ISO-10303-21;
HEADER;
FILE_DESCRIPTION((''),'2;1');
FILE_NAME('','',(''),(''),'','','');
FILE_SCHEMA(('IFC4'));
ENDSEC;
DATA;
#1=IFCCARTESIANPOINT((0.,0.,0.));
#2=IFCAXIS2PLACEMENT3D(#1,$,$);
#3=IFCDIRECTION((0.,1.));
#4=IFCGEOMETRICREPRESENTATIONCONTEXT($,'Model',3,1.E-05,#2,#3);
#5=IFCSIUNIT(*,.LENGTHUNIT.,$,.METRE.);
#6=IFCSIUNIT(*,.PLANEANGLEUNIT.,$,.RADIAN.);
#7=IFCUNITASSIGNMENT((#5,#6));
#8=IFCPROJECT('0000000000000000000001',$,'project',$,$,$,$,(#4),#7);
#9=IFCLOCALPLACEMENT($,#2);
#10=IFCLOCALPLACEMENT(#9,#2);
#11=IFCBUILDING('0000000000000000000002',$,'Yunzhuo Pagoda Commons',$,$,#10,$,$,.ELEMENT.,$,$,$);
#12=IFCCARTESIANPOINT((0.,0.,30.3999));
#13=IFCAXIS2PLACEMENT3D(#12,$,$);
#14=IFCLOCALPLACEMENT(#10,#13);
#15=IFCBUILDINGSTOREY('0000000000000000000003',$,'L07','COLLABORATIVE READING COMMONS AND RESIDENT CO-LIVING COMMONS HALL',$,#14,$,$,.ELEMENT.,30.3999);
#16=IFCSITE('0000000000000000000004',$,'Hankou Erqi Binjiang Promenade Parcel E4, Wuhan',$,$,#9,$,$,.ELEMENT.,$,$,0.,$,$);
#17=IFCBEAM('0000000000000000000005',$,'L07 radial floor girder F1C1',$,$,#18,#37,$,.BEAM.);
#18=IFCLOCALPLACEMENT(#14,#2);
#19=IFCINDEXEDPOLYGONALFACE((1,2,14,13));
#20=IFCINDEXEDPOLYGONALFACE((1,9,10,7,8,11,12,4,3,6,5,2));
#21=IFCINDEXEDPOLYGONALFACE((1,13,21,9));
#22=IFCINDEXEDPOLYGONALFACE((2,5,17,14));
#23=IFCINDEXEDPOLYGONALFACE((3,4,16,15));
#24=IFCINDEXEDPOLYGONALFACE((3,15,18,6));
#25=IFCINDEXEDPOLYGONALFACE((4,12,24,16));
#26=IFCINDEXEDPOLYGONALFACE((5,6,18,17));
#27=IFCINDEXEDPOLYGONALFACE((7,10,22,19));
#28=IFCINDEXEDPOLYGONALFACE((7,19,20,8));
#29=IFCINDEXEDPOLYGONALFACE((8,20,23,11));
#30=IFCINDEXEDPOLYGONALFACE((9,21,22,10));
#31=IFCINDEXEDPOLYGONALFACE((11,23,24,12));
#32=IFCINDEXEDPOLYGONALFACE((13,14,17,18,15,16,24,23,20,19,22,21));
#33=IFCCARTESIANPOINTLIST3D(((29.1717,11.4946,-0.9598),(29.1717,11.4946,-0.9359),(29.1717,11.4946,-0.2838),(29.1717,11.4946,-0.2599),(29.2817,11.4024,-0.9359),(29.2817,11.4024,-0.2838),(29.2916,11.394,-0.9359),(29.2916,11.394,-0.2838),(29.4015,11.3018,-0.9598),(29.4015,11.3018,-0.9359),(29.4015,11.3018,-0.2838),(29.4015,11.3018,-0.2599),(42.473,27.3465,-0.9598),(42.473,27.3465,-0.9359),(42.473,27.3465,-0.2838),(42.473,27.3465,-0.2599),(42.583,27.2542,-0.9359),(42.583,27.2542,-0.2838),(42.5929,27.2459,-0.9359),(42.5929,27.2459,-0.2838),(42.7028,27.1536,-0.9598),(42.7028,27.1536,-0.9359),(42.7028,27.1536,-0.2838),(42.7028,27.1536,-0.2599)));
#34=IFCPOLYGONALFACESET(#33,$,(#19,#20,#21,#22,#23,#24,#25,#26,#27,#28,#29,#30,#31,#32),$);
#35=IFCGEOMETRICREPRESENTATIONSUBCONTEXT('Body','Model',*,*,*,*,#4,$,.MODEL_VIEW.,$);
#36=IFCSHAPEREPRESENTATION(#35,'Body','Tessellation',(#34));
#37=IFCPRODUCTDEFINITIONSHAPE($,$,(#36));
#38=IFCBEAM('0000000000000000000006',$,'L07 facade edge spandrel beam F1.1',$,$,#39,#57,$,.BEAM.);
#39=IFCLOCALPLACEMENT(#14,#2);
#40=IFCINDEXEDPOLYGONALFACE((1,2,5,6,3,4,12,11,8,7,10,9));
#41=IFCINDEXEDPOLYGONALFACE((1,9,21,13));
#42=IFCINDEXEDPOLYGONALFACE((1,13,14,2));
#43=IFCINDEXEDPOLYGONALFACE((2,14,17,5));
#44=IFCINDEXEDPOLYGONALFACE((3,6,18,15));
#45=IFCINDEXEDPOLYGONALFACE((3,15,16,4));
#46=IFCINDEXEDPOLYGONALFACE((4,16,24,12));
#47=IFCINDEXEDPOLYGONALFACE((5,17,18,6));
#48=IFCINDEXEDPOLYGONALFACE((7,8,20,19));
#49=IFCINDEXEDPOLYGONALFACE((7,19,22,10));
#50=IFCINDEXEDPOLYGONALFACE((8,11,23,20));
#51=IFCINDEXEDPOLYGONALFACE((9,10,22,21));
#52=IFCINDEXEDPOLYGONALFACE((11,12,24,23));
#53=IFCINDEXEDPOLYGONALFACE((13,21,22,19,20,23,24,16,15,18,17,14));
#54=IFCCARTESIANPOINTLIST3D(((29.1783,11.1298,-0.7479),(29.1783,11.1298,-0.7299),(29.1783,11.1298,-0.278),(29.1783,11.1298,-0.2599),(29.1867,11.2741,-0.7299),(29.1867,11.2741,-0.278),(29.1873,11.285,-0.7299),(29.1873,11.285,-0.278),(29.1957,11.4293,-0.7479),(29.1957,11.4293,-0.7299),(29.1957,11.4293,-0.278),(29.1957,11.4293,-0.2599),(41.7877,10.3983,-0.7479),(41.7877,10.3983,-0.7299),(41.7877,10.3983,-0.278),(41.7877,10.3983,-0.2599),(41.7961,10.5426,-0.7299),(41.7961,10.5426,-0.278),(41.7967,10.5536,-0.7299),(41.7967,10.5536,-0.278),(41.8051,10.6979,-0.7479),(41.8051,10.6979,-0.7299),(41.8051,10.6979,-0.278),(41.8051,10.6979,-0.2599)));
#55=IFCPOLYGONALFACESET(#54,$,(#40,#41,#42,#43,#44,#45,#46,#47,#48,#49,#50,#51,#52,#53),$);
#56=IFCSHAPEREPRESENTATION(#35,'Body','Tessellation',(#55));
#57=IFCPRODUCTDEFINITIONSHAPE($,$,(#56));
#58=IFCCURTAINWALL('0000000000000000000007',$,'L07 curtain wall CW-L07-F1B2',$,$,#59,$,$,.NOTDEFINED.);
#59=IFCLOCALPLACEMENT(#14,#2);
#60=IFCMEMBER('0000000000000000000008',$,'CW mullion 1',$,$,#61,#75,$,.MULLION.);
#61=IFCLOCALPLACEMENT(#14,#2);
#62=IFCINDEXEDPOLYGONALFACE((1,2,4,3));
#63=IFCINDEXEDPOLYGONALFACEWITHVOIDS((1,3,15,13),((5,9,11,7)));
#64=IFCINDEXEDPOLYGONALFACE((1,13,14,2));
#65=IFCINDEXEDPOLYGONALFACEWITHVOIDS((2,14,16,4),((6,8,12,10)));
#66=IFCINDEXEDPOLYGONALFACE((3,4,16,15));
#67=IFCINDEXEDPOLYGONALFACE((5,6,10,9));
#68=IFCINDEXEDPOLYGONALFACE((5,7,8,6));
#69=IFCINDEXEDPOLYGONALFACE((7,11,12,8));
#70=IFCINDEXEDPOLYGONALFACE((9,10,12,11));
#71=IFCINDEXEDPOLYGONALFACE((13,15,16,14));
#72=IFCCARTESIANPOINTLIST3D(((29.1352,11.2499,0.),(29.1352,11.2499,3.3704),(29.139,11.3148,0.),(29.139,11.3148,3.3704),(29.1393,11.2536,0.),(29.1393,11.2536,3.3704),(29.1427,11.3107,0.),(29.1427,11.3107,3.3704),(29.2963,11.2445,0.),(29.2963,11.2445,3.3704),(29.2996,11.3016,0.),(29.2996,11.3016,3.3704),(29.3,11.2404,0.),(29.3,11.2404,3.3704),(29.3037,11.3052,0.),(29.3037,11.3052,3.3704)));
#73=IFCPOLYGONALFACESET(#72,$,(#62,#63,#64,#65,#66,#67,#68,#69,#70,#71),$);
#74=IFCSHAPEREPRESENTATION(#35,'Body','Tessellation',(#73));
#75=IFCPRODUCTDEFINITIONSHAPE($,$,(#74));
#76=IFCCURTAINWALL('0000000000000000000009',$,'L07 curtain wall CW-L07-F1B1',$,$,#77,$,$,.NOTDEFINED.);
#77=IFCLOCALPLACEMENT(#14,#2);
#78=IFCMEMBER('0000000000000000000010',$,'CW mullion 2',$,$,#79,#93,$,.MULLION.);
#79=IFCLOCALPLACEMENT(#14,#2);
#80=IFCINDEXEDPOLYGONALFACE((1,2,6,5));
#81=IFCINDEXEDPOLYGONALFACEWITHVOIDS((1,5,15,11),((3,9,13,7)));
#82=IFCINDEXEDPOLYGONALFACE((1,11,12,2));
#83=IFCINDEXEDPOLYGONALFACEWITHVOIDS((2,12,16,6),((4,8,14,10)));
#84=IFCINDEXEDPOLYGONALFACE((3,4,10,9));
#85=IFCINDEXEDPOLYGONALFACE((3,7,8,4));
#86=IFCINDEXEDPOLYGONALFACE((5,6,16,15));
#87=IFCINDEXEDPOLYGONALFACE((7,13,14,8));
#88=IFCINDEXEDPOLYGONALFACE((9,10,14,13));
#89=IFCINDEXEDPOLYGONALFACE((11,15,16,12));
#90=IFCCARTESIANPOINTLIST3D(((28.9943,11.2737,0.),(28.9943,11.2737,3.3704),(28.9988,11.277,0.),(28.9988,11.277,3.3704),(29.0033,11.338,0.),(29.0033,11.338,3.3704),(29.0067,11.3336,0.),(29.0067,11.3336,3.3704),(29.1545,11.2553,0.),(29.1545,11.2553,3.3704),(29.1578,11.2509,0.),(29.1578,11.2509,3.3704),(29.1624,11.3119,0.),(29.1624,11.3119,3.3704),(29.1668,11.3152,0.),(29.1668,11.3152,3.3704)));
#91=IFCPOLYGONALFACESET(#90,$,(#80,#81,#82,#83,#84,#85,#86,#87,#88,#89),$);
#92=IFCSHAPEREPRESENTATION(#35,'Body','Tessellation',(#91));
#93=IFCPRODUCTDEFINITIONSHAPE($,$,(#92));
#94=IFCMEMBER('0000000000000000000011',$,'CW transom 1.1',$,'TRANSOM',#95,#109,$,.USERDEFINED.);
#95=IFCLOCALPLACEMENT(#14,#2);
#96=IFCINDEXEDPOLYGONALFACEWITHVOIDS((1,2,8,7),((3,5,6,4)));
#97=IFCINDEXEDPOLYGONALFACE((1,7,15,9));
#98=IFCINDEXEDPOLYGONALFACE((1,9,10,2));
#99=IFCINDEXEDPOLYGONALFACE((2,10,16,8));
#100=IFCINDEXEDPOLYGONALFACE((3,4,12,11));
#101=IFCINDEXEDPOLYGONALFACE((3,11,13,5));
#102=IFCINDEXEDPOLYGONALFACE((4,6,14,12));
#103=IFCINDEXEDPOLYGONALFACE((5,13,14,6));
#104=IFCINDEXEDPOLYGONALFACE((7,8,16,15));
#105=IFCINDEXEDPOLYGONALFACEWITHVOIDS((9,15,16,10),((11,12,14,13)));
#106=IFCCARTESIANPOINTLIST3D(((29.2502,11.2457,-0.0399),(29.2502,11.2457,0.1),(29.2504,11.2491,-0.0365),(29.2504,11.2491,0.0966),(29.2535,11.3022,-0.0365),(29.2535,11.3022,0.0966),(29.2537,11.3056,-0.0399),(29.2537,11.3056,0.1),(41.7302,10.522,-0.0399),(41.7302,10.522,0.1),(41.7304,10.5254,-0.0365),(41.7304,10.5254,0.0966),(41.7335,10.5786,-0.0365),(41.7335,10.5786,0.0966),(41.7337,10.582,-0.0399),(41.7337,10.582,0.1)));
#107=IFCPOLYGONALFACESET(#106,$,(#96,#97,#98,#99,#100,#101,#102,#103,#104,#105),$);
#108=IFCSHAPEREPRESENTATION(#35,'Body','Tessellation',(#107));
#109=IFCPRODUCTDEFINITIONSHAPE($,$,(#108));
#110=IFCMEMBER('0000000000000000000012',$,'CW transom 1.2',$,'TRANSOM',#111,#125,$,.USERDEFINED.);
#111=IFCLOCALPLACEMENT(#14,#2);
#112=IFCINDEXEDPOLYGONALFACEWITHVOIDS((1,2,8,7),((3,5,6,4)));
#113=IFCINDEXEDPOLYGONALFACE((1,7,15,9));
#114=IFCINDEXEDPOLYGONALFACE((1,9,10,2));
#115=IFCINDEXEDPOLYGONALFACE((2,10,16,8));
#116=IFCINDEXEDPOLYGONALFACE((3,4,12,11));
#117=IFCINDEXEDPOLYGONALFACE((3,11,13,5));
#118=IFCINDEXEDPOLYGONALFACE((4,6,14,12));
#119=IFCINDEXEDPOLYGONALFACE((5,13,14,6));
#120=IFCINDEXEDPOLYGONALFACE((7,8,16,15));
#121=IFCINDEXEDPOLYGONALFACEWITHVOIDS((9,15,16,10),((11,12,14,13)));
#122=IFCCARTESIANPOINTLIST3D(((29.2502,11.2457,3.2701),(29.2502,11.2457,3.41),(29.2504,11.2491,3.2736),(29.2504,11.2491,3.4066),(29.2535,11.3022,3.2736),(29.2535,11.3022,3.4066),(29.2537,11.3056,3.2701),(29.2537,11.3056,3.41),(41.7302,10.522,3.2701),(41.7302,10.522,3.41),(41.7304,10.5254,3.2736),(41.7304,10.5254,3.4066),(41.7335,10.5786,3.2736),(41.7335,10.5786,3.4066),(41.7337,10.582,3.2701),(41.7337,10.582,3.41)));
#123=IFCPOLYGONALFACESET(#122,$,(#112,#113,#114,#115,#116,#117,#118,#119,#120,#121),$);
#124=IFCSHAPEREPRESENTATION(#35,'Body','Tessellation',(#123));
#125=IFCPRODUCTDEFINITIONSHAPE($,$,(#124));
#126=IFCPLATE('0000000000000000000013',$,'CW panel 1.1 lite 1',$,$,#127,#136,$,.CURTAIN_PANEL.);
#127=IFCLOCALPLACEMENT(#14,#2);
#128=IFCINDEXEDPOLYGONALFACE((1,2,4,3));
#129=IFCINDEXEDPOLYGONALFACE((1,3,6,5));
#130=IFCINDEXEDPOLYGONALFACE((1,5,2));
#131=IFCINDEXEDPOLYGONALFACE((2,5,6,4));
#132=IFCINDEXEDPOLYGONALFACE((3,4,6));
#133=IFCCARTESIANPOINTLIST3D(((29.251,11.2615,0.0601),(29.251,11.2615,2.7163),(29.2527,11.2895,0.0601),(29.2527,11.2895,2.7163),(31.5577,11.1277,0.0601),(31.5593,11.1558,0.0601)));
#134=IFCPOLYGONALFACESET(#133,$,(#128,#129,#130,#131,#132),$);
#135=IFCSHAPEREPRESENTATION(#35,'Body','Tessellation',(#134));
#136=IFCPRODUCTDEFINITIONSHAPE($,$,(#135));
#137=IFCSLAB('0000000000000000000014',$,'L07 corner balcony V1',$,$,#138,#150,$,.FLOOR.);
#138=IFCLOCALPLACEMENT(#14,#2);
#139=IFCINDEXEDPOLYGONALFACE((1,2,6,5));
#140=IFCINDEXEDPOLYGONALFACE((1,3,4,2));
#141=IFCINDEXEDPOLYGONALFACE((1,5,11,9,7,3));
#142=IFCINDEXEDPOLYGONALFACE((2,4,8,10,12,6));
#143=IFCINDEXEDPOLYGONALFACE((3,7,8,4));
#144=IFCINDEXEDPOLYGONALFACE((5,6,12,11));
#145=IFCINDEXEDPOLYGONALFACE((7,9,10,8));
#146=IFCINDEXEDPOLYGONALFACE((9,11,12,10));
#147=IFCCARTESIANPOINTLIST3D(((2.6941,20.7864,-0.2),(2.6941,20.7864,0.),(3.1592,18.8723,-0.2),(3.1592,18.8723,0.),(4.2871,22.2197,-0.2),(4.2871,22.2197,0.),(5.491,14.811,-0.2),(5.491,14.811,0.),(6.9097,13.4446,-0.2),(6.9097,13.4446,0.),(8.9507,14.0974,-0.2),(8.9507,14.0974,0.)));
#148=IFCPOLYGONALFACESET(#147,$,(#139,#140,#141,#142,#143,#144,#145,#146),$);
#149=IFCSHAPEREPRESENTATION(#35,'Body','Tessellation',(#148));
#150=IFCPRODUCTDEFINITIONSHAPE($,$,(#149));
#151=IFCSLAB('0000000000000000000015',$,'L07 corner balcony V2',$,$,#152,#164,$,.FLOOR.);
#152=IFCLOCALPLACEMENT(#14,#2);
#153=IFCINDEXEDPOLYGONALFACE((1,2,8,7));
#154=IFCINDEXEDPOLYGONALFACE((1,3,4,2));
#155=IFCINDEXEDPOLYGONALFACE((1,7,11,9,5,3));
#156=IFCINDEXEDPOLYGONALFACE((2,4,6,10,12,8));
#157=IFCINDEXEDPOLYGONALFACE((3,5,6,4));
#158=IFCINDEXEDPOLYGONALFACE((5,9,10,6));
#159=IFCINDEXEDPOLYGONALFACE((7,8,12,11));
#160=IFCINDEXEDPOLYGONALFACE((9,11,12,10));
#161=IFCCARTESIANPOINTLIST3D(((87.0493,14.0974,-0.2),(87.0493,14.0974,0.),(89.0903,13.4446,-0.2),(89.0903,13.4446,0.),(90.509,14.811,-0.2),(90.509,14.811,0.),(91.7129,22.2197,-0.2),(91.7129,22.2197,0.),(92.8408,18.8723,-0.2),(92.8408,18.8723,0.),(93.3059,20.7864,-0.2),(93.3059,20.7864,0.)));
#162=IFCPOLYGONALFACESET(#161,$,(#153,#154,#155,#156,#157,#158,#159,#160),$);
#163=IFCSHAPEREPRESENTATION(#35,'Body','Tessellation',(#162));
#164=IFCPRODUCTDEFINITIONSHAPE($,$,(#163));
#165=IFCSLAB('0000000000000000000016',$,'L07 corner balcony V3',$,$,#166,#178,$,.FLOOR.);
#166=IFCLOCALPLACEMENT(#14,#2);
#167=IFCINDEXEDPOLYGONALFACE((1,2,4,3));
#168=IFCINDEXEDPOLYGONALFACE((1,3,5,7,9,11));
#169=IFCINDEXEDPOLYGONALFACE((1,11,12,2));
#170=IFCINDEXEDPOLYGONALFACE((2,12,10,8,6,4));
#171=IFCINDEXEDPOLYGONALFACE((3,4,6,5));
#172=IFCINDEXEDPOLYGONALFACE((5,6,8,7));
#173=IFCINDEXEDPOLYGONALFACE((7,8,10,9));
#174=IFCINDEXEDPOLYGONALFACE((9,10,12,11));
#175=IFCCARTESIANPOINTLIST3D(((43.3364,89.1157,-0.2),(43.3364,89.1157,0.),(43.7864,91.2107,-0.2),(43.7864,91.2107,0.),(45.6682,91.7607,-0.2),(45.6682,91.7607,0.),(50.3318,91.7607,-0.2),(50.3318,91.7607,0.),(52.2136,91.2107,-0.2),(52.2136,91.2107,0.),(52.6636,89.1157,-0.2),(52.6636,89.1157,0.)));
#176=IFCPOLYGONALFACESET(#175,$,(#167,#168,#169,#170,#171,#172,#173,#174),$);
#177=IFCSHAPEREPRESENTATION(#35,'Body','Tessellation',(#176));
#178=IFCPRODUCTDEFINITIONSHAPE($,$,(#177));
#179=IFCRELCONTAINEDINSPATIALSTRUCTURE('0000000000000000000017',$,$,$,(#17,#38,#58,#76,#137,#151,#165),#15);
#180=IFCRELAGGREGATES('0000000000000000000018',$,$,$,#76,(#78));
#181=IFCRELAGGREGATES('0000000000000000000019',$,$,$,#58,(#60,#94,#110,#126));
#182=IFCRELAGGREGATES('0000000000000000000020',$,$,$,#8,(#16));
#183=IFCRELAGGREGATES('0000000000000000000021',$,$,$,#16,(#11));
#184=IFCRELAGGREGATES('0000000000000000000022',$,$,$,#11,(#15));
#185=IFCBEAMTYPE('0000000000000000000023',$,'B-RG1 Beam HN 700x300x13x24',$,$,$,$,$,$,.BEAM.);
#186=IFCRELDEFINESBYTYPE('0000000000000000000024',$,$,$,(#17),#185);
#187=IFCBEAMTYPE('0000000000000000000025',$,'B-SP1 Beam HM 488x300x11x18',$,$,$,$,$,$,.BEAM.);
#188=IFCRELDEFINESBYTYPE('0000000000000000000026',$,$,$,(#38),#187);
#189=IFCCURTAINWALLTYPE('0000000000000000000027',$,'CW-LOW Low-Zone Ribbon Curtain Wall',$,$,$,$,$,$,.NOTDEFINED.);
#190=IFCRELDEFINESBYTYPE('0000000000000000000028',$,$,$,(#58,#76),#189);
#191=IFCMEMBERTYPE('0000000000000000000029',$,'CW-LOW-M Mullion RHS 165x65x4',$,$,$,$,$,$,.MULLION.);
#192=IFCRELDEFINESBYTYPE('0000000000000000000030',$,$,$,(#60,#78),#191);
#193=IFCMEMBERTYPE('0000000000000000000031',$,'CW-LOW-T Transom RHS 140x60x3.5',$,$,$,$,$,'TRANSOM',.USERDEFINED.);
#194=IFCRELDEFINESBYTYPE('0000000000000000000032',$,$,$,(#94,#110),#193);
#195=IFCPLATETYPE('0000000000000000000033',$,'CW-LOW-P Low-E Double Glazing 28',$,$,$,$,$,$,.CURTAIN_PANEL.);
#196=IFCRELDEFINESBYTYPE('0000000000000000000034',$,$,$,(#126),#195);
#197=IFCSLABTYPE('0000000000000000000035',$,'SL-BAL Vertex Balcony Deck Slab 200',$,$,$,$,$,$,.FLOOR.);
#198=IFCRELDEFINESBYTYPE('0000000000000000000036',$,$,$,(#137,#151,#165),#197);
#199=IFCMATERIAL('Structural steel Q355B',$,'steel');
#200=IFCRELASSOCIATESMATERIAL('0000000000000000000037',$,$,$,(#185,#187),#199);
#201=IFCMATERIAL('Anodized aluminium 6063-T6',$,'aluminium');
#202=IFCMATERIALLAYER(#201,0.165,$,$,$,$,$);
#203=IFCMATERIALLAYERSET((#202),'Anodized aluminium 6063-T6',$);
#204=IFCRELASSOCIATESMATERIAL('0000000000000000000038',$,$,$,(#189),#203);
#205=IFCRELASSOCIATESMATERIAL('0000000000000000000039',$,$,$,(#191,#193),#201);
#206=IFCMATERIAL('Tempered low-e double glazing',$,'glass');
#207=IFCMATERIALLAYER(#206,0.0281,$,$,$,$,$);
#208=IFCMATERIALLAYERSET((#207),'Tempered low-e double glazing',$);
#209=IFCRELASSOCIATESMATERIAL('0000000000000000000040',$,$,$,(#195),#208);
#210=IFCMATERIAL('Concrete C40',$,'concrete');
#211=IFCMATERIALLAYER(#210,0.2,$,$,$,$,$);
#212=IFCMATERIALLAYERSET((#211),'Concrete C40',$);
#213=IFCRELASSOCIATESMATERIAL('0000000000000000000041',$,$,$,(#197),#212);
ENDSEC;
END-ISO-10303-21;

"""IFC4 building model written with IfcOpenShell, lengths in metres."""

from ifc_helpers import new_model, si_unit, direction, frame, origin, origin_2d, place, context, subcontext, project, spatial, polyline, hollow_rectangle, i_section, outline, extrude, source, transform, mapped, material, layer, layer_set, material_profile, profile_set, type_object, element, aggregate, save


model = new_model("IFC4")

# Units and contexts
model_context = context("Model", 3, precision=1e-05, world=origin(), true_north=direction((0.0, 1.0)))
body_context = subcontext(model_context, "Body", "Model", "MODEL_VIEW")
ifc_project = project(units=[si_unit("LENGTHUNIT", "METRE"), si_unit("PLANEANGLEUNIT", "RADIAN")], contexts=[model_context])

# Site, building, storey
site_placement = place(None, origin())
site = spatial("IfcSite", under=ifc_project, at=site_placement, Name="Hankou Erqi Binjiang Promenade Parcel E4, Wuhan", CompositionType="ELEMENT", RefElevation=0.0)
building_placement = place(site_placement, origin())
building = spatial("IfcBuilding", under=site, at=building_placement, Name="Yunzhuo Pagoda Commons", CompositionType="ELEMENT")
storey_placement = place(building_placement, frame((0.0, 0.0, 30.3999)))
storey = spatial("IfcBuildingStorey", under=building, at=storey_placement, Name="L07", Description="COLLABORATIVE READING COMMONS AND RESIDENT CO-LIVING COMMONS HALL", CompositionType="ELEMENT", Elevation=30.3999)

# Beams
ifc_material_1 = material(Name="Structural steel Q355B", Category="steel")
ifc_material_profile_1 = material_profile(ifc_material_1, i_section(OverallWidth=0.3, OverallDepth=0.7, WebThickness=0.0129, FlangeThickness=0.0239, at=origin_2d()), Name="Structural steel Q355B")
ifc_profile_set_1 = profile_set([ifc_material_profile_1], Name="Structural steel Q355B")
beam_type_1 = type_object("IfcBeamType", Name="B-RG1 Beam HN 700x300x13x24", PredefinedType="BEAM", material=ifc_profile_set_1)
shared_shape_1 = source(origin(), body_context, "Body", "SweptSolid", [
    extrude(i_section(OverallWidth=0.3, OverallDepth=0.7, WebThickness=0.0129, FlangeThickness=0.0239, at=origin_2d()), origin(), (0.0, 0.0, 1.0), 20.6931),
])
beam_1_placement = place(storey_placement, frame((29.2866, 11.3982, -0.6099), z_axis=(0.642788, 0.766044, 0.0), x_axis=(-0.766044, 0.642788, 0.0)))
element("IfcBeam", 1, at=beam_1_placement, inside=storey, type_object=beam_type_1, Name="L07 radial floor girder F1C1", PredefinedType="BEAM", context=body_context, shape_type="MappedRepresentation", body=[
    mapped(shared_shape_1, transform((0.0, 0.0, 0.0), scale=1.0)),
])
ifc_material_profile_2 = material_profile(ifc_material_1, i_section(OverallWidth=0.3, OverallDepth=0.488, WebThickness=0.011, FlangeThickness=0.0181, at=origin_2d()), Name="Structural steel Q355B")
ifc_profile_set_2 = profile_set([ifc_material_profile_2], Name="Structural steel Q355B")
beam_type_2 = type_object("IfcBeamType", Name="B-SP1 Beam HM 488x300x11x18", PredefinedType="BEAM", material=ifc_profile_set_2)
shared_shape_2 = source(origin(), body_context, "Body", "SweptSolid", [
    extrude(i_section(OverallWidth=0.3, OverallDepth=0.488, WebThickness=0.011, FlangeThickness=0.0181, at=origin_2d()), origin(), (0.0, 0.0, 1.0), 12.6306),
])
beam_2_placement = place(storey_placement, frame((29.187, 11.2795, -0.5039), z_axis=(0.998322, -0.057911, 0.0), x_axis=(0.057911, 0.998322, 0.0)))
element("IfcBeam", 2, at=beam_2_placement, inside=storey, type_object=beam_type_2, Name="L07 facade edge spandrel beam F1.1", PredefinedType="BEAM", context=body_context, shape_type="MappedRepresentation", body=[
    mapped(shared_shape_2, transform((0.0, 0.0, 0.0), scale=1.0)),
])

# Curtain walls, members
ifc_material_2 = material(Name="Anodized aluminium 6063-T6", Category="aluminium")
ifc_layer_1 = layer(ifc_material_2, 0.165)
ifc_layer_set_1 = layer_set([ifc_layer_1], Name="Anodized aluminium 6063-T6")
curtain_wall_type = type_object("IfcCurtainWallType", Name="CW-LOW Low-Zone Ribbon Curtain Wall", PredefinedType="NOTDEFINED", material=ifc_layer_set_1)
curtain_wall_1_placement = place(storey_placement, origin())
curtain_wall_1 = element("IfcCurtainWall", 3, at=curtain_wall_1_placement, inside=storey, type_object=curtain_wall_type, Name="L07 curtain wall CW-L07-F1B2", PredefinedType="NOTDEFINED")
ifc_material_profile_3 = material_profile(ifc_material_2, hollow_rectangle(XDim=0.0649, YDim=0.165, WallThickness=0.0039, at=origin_2d()), Name="Anodized aluminium 6063-T6")
ifc_profile_set_3 = profile_set([ifc_material_profile_3], Name="Anodized aluminium 6063-T6")
member_type_1 = type_object("IfcMemberType", Name="CW-LOW-M Mullion RHS 165x65x4", PredefinedType="MULLION", material=ifc_profile_set_3)
shared_shape_3 = source(origin(), body_context, "Body", "SweptSolid", [
    extrude(hollow_rectangle(XDim=0.0649, YDim=0.165, WallThickness=0.0039, at=origin_2d()), origin(), (0.0, 0.0, 1.0), 3.3704),
])
member_1_placement = place(storey_placement, frame((29.2195, 11.2776, 0.0), z_axis=(0.0, 0.0, 1.0), x_axis=(0.057899, 0.998322, 0.0)))
member_1 = element("IfcMember", 4, at=member_1_placement, type_object=member_type_1, Name="CW mullion 1", PredefinedType="MULLION", context=body_context, shape_type="MappedRepresentation", body=[
    mapped(shared_shape_3, transform((0.0, 0.0, 0.0), scale=1.0)),
])
curtain_wall_2_placement = place(storey_placement, origin())
curtain_wall_2 = element("IfcCurtainWall", 5, at=curtain_wall_2_placement, inside=storey, type_object=curtain_wall_type, Name="L07 curtain wall CW-L07-F1B1", PredefinedType="NOTDEFINED")
member_2_placement = place(storey_placement, frame((29.0806, 11.2944, 0.0), z_axis=(0.0, 0.0, 1.0), x_axis=(0.138294, 0.990391, 0.0)))
member_2 = element("IfcMember", 6, at=member_2_placement, type_object=member_type_1, Name="CW mullion 2", PredefinedType="MULLION", context=body_context, shape_type="MappedRepresentation", body=[
    mapped(shared_shape_3, transform((0.0, 0.0, 0.0), scale=1.0)),
])
aggregate(curtain_wall_2, [member_2])

# Members
ifc_material_profile_4 = material_profile(ifc_material_2, hollow_rectangle(XDim=0.0601, YDim=0.1399, WallThickness=0.0034, at=origin_2d()), Name="Anodized aluminium 6063-T6")
ifc_profile_set_4 = profile_set([ifc_material_profile_4], Name="Anodized aluminium 6063-T6")
member_type_2 = type_object("IfcMemberType", Name="CW-LOW-T Transom RHS 140x60x3.5", ElementType="TRANSOM", PredefinedType="USERDEFINED", material=ifc_profile_set_4)
shared_shape_4 = source(origin(), body_context, "Body", "SweptSolid", [
    extrude(hollow_rectangle(XDim=0.0601, YDim=0.1399, WallThickness=0.0034, at=origin_2d()), origin(), (0.0, 0.0, 1.0), 12.501),
])
member_3_placement = place(storey_placement, frame((29.252, 11.2756, 0.03), z_axis=(0.998323, -0.057886, 0.0), x_axis=(0.057886, 0.998323, 0.0)))
member_3 = element("IfcMember", 7, at=member_3_placement, type_object=member_type_2, Name="CW transom 1.1", ObjectType="TRANSOM", PredefinedType="USERDEFINED", context=body_context, shape_type="MappedRepresentation", body=[
    mapped(shared_shape_4, transform((0.0, 0.0, 0.0), scale=1.0)),
])
member_4_placement = place(storey_placement, frame((29.252, 11.2756, 3.3401), z_axis=(0.998323, -0.057886, 0.0), x_axis=(0.057886, 0.998323, 0.0)))
member_4 = element("IfcMember", 8, at=member_4_placement, type_object=member_type_2, Name="CW transom 1.2", ObjectType="TRANSOM", PredefinedType="USERDEFINED", context=body_context, shape_type="MappedRepresentation", body=[
    mapped(shared_shape_4, transform((0.0, 0.0, 0.0), scale=1.0)),
])

# Plate
ifc_material_3 = material(Name="Tempered low-e double glazing", Category="glass")
ifc_layer_2 = layer(ifc_material_3, 0.0281)
ifc_layer_set_2 = layer_set([ifc_layer_2], Name="Tempered low-e double glazing")
plate_type_1 = type_object("IfcPlateType", Name="CW-LOW-P Low-E Double Glazing 28", PredefinedType="CURTAIN_PANEL", material=ifc_layer_set_2)
plate_1_placement = place(storey_placement, frame((30.406, 11.2227, 1.3882), z_axis=(-0.057899, -0.998322, 0.0), x_axis=(0.998322, -0.057899, 0.0)))
plate_1 = element("IfcPlate", 9, at=plate_1_placement, type_object=plate_type_1, Name="CW panel 1.1 lite 1", PredefinedType="CURTAIN_PANEL", context=body_context, shape_type="SweptSolid", body=[
    extrude(outline(polyline([(-1.1553, -1.3281), (1.1553, -1.3281), (-1.1553, 1.3281), (-1.1553, -1.3281)])), origin(), (0.0, 0.0, 1.0), 0.0281),
])
aggregate(curtain_wall_1, [member_1, member_3, member_4, plate_1])

# Slabs
ifc_material_4 = material(Name="Concrete C40", Category="concrete")
ifc_layer_3 = layer(ifc_material_4, 0.2)
ifc_layer_set_3 = layer_set([ifc_layer_3], Name="Concrete C40")
slab_type_1 = type_object("IfcSlabType", Name="SL-BAL Vertex Balcony Deck Slab 200", PredefinedType="FLOOR", material=ifc_layer_set_3)
slab_1_placement = place(storey_placement, frame((0.0, 0.0, -0.2)))
element("IfcSlab", 10, at=slab_1_placement, inside=storey, type_object=slab_type_1, Name="L07 corner balcony V1", PredefinedType="FLOOR", context=body_context, shape_type="SweptSolid", body=[
    extrude(outline(polyline([(4.2871, 22.2197), (8.9507, 14.0974), (6.9097, 13.4446), (5.491, 14.811), (3.1592, 18.8723), (2.6941, 20.7864), (4.2871, 22.2197)])), origin(), (0.0, 0.0, 1.0), 0.2),
])
slab_2_placement = place(storey_placement, frame((0.0, 0.0, -0.2)))
element("IfcSlab", 11, at=slab_2_placement, inside=storey, type_object=slab_type_1, Name="L07 corner balcony V2", PredefinedType="FLOOR", context=body_context, shape_type="SweptSolid", body=[
    extrude(outline(polyline([(87.0493, 14.0974), (91.7129, 22.2197), (93.3059, 20.7864), (92.8408, 18.8723), (90.509, 14.811), (89.0903, 13.4446), (87.0493, 14.0974)])), origin(), (0.0, 0.0, 1.0), 0.2),
])
slab_3_placement = place(storey_placement, frame((0.0, 0.0, -0.2)))
element("IfcSlab", 12, at=slab_3_placement, inside=storey, type_object=slab_type_1, Name="L07 corner balcony V3", PredefinedType="FLOOR", context=body_context, shape_type="SweptSolid", body=[
    extrude(outline(polyline([(52.6636, 89.1157), (43.3364, 89.1157), (43.7864, 91.2107), (45.6682, 91.7607), (50.3318, 91.7607), (52.2136, 91.2107), (52.6636, 89.1157)])), origin(), (0.0, 0.0, 1.0), 0.2),
])

save(model, "model.ifc")
